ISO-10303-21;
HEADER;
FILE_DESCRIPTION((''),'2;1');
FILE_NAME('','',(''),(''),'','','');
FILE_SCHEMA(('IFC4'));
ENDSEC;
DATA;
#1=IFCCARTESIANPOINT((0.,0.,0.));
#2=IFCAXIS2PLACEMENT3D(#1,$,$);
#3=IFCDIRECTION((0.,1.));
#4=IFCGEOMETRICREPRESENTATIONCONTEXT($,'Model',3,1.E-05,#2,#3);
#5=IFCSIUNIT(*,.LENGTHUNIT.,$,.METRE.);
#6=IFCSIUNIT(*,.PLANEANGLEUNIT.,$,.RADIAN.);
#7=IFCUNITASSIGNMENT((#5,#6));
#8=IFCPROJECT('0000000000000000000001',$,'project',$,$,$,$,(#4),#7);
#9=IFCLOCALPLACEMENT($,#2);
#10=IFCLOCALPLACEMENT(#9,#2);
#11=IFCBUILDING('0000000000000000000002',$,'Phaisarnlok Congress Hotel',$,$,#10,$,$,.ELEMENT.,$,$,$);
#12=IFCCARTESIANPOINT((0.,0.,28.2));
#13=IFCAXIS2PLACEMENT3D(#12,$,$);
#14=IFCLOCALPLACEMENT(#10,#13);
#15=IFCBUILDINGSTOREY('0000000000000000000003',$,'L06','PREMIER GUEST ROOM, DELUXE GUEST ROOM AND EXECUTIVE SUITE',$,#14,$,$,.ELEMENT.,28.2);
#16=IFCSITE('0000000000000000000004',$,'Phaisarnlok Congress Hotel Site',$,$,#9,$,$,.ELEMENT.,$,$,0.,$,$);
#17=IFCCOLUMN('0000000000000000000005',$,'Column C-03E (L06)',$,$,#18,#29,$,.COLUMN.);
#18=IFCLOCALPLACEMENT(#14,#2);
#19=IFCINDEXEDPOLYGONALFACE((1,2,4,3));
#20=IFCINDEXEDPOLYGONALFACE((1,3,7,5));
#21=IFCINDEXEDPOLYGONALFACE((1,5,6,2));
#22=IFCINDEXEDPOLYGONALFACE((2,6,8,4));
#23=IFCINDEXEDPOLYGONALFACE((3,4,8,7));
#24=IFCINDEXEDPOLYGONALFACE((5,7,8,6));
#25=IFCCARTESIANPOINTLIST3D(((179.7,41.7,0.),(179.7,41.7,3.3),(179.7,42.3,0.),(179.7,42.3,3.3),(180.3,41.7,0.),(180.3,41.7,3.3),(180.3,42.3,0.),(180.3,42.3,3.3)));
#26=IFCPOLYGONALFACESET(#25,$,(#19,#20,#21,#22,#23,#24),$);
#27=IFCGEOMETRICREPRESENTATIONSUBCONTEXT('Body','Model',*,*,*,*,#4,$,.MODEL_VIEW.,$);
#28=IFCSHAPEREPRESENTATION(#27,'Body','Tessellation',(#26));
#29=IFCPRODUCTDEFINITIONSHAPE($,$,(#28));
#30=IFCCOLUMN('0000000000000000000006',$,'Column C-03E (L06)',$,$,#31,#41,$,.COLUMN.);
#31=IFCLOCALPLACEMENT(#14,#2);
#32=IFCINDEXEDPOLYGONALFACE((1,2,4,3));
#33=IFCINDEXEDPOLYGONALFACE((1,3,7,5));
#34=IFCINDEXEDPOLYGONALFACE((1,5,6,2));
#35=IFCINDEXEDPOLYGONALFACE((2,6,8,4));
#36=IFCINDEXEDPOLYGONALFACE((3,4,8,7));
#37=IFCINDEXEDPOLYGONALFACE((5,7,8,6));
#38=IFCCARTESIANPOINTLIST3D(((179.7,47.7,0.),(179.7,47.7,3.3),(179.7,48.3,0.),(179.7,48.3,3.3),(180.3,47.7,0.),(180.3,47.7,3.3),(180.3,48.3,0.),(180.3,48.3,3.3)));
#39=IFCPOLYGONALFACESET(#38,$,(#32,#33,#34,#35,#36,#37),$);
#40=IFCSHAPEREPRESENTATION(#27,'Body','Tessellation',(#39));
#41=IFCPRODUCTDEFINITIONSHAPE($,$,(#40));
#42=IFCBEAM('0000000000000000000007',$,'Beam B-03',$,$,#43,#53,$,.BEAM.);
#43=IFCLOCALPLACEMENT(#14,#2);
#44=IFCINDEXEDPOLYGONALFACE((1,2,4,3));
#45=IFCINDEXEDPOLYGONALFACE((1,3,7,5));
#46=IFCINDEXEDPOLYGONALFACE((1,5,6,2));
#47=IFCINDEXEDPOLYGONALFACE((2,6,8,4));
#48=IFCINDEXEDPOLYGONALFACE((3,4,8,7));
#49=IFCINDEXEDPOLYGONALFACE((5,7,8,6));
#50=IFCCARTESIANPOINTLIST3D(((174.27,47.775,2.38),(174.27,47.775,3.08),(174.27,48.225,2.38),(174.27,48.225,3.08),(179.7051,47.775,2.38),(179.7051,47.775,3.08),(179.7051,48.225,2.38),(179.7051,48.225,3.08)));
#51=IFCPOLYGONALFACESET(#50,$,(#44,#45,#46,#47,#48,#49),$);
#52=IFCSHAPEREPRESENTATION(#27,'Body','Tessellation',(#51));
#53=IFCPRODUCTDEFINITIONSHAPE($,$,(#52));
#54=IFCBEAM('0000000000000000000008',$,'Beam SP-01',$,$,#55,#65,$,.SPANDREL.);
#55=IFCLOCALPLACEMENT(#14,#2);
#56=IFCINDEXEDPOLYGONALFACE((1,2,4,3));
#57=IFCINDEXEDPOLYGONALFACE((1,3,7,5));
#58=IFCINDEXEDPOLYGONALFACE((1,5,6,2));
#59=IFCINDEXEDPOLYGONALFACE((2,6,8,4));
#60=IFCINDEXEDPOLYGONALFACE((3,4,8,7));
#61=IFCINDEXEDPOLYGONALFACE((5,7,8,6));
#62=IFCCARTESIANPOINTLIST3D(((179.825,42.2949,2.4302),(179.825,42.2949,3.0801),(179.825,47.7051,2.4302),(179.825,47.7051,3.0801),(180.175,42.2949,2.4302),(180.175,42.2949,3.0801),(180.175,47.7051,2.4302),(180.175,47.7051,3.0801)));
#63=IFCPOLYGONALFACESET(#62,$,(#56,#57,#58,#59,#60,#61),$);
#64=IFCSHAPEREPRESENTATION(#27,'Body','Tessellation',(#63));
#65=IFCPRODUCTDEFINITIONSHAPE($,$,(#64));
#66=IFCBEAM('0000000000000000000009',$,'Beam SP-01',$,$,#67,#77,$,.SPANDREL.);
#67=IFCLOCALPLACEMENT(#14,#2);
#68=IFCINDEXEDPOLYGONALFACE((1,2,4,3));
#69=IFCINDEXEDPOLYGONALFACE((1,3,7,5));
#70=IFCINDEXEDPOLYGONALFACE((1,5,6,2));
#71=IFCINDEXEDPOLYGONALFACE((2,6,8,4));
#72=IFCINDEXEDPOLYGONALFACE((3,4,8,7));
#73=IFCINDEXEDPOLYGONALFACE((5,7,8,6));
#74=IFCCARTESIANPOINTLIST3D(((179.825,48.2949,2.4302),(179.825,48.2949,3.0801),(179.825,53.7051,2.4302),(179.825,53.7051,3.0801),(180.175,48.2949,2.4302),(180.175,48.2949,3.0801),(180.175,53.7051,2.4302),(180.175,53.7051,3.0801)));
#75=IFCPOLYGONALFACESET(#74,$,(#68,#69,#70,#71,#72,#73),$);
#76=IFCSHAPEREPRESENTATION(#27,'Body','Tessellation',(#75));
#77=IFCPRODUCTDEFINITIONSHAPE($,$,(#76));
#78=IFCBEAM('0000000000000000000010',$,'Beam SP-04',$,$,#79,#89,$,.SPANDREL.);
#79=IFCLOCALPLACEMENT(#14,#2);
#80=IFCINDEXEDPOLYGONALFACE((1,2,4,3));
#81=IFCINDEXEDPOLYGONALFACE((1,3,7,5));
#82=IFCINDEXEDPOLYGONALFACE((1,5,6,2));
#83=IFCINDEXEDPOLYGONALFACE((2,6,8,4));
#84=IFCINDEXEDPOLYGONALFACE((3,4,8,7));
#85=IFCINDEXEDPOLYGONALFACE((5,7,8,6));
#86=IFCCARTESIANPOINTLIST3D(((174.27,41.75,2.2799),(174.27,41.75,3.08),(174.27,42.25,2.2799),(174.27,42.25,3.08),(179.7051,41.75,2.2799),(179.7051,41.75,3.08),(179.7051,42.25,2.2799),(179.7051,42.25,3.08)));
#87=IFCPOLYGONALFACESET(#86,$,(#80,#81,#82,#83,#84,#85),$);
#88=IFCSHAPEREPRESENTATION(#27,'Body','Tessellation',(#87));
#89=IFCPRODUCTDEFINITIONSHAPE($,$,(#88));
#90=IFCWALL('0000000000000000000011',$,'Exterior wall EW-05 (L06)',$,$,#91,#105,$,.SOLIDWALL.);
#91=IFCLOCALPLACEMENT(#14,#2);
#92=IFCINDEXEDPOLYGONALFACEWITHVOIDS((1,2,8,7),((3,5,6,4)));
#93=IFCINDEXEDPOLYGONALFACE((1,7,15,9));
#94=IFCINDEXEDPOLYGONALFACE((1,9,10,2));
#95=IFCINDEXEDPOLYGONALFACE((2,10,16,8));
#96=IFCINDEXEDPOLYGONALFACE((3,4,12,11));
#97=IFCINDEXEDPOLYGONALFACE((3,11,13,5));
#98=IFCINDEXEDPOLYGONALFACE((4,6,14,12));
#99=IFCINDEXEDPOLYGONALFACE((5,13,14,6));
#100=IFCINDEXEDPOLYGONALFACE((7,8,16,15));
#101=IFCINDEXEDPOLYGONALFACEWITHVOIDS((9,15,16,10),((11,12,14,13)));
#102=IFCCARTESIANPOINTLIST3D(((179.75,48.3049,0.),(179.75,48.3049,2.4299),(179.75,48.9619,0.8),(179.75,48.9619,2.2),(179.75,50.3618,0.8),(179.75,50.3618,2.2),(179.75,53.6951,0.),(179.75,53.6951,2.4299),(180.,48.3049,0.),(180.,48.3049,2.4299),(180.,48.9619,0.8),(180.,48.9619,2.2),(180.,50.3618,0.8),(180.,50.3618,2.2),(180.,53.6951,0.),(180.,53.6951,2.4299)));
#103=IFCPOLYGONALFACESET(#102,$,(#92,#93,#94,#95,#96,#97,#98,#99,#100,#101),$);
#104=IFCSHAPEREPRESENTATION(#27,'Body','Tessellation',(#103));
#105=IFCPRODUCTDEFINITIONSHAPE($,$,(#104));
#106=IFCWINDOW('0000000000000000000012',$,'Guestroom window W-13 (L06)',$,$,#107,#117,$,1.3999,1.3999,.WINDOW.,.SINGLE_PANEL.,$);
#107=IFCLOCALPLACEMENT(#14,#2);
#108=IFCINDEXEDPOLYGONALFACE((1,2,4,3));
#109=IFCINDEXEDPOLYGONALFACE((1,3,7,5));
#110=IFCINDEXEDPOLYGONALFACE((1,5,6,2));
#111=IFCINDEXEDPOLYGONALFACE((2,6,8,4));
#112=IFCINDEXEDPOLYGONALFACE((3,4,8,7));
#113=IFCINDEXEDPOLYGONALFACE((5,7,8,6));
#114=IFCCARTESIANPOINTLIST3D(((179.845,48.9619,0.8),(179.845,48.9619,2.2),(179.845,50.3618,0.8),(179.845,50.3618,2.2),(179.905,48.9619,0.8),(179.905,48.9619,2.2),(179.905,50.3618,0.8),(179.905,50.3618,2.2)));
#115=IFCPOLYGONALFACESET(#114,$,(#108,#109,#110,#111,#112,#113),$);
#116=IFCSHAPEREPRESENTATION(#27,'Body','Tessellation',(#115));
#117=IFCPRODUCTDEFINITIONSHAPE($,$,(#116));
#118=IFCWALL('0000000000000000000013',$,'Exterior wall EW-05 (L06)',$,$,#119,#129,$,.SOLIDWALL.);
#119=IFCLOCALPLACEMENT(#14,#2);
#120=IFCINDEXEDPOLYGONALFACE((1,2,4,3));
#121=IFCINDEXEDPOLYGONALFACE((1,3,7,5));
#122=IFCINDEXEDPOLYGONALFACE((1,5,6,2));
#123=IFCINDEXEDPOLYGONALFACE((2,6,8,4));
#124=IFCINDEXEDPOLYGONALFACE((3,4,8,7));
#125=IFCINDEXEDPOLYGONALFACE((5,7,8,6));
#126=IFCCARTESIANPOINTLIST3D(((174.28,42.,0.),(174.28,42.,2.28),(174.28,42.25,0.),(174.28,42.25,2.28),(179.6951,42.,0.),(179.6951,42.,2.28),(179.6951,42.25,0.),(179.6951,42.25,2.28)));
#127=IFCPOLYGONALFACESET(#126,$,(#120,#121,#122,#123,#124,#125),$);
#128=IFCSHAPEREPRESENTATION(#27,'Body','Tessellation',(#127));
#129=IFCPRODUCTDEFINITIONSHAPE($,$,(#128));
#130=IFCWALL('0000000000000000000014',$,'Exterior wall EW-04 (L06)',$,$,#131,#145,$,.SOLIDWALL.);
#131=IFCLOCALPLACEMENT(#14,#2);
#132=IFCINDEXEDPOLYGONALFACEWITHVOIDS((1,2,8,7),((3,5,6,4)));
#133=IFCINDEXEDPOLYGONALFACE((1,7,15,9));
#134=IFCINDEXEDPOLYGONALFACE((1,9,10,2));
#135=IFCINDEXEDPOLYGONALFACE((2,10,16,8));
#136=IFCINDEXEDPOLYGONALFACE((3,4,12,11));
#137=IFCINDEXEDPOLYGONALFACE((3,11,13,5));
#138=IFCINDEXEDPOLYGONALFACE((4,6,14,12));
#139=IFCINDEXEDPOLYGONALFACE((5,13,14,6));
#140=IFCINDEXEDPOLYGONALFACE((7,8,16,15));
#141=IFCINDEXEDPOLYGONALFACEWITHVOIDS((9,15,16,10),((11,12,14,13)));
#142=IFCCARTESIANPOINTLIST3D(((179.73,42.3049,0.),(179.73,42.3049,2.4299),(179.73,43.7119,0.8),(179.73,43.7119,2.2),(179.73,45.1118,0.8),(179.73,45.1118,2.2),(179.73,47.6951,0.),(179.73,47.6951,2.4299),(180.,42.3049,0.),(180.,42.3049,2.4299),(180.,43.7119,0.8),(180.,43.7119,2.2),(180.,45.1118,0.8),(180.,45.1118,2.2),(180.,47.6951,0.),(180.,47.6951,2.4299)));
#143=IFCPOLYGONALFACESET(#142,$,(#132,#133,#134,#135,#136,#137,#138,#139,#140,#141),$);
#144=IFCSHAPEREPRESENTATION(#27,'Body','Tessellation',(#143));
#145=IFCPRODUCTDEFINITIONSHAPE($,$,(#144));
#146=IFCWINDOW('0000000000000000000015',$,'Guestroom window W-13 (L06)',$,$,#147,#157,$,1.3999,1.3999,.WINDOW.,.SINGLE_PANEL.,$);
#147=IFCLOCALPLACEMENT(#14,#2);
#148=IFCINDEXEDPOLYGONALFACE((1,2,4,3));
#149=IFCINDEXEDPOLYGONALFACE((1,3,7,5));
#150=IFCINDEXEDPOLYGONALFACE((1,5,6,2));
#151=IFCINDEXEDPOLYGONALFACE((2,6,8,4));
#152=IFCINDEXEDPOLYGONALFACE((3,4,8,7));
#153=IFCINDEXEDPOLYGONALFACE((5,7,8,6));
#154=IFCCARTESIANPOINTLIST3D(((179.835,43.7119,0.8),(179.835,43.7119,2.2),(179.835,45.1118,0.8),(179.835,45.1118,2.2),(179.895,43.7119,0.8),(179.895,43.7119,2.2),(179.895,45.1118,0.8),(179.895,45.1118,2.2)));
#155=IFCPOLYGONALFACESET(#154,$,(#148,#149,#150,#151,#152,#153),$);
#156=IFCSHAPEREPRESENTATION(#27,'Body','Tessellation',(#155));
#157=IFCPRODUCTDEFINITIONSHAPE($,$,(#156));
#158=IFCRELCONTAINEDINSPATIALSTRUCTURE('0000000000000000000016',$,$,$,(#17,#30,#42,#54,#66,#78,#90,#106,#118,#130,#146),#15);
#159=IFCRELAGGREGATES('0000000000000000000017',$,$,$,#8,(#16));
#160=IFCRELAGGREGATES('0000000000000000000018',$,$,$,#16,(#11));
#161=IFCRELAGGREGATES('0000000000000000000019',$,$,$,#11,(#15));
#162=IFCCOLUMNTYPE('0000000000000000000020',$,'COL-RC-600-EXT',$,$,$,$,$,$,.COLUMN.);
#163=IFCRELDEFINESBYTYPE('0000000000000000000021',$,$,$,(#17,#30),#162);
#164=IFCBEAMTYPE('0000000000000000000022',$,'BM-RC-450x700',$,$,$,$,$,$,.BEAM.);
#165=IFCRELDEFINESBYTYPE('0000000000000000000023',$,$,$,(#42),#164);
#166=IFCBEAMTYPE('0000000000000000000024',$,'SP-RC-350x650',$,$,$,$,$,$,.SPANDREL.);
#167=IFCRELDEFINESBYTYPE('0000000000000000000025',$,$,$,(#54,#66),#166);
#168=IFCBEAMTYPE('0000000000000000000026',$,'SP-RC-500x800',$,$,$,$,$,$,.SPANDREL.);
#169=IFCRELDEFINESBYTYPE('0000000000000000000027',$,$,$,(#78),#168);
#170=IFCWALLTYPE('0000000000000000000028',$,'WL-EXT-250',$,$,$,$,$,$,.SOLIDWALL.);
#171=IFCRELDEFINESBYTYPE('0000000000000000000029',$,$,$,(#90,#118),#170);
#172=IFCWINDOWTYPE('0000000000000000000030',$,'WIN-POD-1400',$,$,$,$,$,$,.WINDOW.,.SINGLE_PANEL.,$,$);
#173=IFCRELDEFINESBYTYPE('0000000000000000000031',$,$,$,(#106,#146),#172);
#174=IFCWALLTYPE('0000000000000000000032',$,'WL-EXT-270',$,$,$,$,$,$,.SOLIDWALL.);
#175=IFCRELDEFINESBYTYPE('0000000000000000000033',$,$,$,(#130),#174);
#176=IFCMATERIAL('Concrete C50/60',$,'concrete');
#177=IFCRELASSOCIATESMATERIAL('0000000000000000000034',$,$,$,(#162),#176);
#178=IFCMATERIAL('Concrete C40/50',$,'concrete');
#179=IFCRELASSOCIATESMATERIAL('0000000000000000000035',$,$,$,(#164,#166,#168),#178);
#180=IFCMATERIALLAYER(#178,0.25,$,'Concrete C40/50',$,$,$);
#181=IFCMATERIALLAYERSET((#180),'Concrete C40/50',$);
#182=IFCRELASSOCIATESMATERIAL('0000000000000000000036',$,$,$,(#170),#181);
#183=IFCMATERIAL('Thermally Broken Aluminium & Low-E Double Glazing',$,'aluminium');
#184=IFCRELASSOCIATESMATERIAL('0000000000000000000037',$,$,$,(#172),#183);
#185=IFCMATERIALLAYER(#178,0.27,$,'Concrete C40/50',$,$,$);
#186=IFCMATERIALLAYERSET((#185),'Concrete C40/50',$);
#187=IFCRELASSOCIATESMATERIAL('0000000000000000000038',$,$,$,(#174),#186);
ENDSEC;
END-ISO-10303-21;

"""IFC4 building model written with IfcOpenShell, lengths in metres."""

from ifc_helpers import new_model, si_unit, direction, frame, frame_2d, origin, origin_2d, place, context, subcontext, project, spatial, rectangle, extrude, material, layer, layer_set, material_profile, profile_set, type_object, element, fill, save


model = new_model("IFC4")

# Units and contexts
model_context = context("Model", 3, precision=1e-05, world=origin(), true_north=direction((0.0, 1.0)))
body_context = subcontext(model_context, "Body", "Model", "MODEL_VIEW")
ifc_project = project(units=[si_unit("LENGTHUNIT", "METRE"), si_unit("PLANEANGLEUNIT", "RADIAN")], contexts=[model_context])

# Site, building, storey
site_placement = place(None, origin())
site = spatial("IfcSite", under=ifc_project, at=site_placement, Name="Phaisarnlok Congress Hotel Site", CompositionType="ELEMENT", RefElevation=0.0)
building_placement = place(site_placement, origin())
building = spatial("IfcBuilding", under=site, at=building_placement, Name="Phaisarnlok Congress Hotel", CompositionType="ELEMENT")
storey_placement = place(building_placement, frame((0.0, 0.0, 28.2)))
storey = spatial("IfcBuildingStorey", under=building, at=storey_placement, Name="L06", Description="PREMIER GUEST ROOM, DELUXE GUEST ROOM AND EXECUTIVE SUITE", CompositionType="ELEMENT", Elevation=28.2)

# Columns
ifc_material_1 = material(Name="Concrete C50/60", Category="concrete")
ifc_material_profile_1 = material_profile(ifc_material_1, rectangle(XDim=0.6001, YDim=0.6001, at=origin_2d()), Name="RC 600x600")
ifc_profile_set_1 = profile_set([ifc_material_profile_1], Name="Concrete C50/60")
column_type = type_object("IfcColumnType", Name="COL-RC-600-EXT", PredefinedType="COLUMN", material=ifc_profile_set_1)
for number, where, z_axis, x_axis, name in (
    (1, (180.0, 42.0, 0.0), (0.0, 0.0, 1.0), (1.0, 0.0, 0.0), "Column C-03E (L06)"),
    (2, (180.0, 48.0, 0.0), (0.0, 0.0, 1.0), (1.0, 0.0, 0.0), "Column C-03E (L06)"),
):
    element("IfcColumn", number, at=place(storey_placement, frame(where, z_axis=z_axis, x_axis=x_axis)), inside=storey, type_object=column_type, Name=name, PredefinedType="COLUMN", context=body_context, shape_type="SweptSolid", body=[
        extrude(rectangle(XDim=0.6001, YDim=0.6001, at=origin_2d()), origin(), (0.0, 0.0, 1.0), 3.3),
    ])

# Beams
ifc_material_2 = material(Name="Concrete C40/50", Category="concrete")
ifc_material_profile_2 = material_profile(ifc_material_2, rectangle(XDim=0.45, YDim=0.7, at=origin_2d()), Name="RC 450x700")
ifc_profile_set_2 = profile_set([ifc_material_profile_2], Name="Concrete C40/50")
beam_type_1 = type_object("IfcBeamType", Name="BM-RC-450x700", PredefinedType="BEAM", material=ifc_profile_set_2)
beam_1_placement = place(storey_placement, frame((174.27, 48.0, 2.73), z_axis=(1.0, 0.0, 0.0), x_axis=(0.0, 1.0, 0.0)))
element("IfcBeam", 3, at=beam_1_placement, inside=storey, type_object=beam_type_1, Name="Beam B-03", PredefinedType="BEAM", context=body_context, shape_type="SweptSolid", body=[
    extrude(rectangle(XDim=0.45, YDim=0.7, at=origin_2d()), origin(), (0.0, 0.0, 1.0), 5.4351),
])
ifc_material_profile_3 = material_profile(ifc_material_2, rectangle(XDim=0.3501, YDim=0.6499, at=origin_2d()), Name="RC 350x650")
ifc_profile_set_3 = profile_set([ifc_material_profile_3], Name="Concrete C40/50")
beam_type_2 = type_object("IfcBeamType", Name="SP-RC-350x650", PredefinedType="SPANDREL", material=ifc_profile_set_3)
for number, where, z_axis, x_axis, name in (
    (4, (180.0, 42.2949, 2.7551), (0.0, 1.0, 0.0), (-1.0, 0.0, 0.0), "Beam SP-01"),
    (5, (180.0, 48.2949, 2.7551), (0.0, 1.0, 0.0), (-1.0, 0.0, 0.0), "Beam SP-01"),
):
    element("IfcBeam", number, at=place(storey_placement, frame(where, z_axis=z_axis, x_axis=x_axis)), inside=storey, type_object=beam_type_2, Name=name, PredefinedType="SPANDREL", context=body_context, shape_type="SweptSolid", body=[
        extrude(rectangle(XDim=0.3501, YDim=0.6499, at=origin_2d()), origin(), (0.0, 0.0, 1.0), 5.4102),
    ])
ifc_material_profile_4 = material_profile(ifc_material_2, rectangle(XDim=0.5, YDim=0.8, at=origin_2d()), Name="RC 500x800")
ifc_profile_set_4 = profile_set([ifc_material_profile_4], Name="Concrete C40/50")
beam_type_3 = type_object("IfcBeamType", Name="SP-RC-500x800", PredefinedType="SPANDREL", material=ifc_profile_set_4)
beam_2_placement = place(storey_placement, frame((174.27, 42.0, 2.6799), z_axis=(1.0, 0.0, 0.0), x_axis=(0.0, 1.0, 0.0)))
element("IfcBeam", 6, at=beam_2_placement, inside=storey, type_object=beam_type_3, Name="Beam SP-04", PredefinedType="SPANDREL", context=body_context, shape_type="SweptSolid", body=[
    extrude(rectangle(XDim=0.5, YDim=0.8, at=origin_2d()), origin(), (0.0, 0.0, 1.0), 5.4351),
])

# Wall, opening, window
ifc_layer_1 = layer(ifc_material_2, 0.25, Name="Concrete C40/50")
ifc_layer_set_1 = layer_set([ifc_layer_1], Name="Concrete C40/50")
wall_type_1 = type_object("IfcWallType", Name="WL-EXT-250", PredefinedType="SOLIDWALL", material=ifc_layer_set_1)
wall_1_placement = place(storey_placement, frame((179.875, 48.3049, 0.0), z_axis=(0.0, 0.0, 1.0), x_axis=(0.0, 1.0, 0.0)))
wall_1 = element("IfcWall", 7, at=wall_1_placement, inside=storey, type_object=wall_type_1, Name="Exterior wall EW-05 (L06)", PredefinedType="SOLIDWALL", context=body_context, shape_type="SweptSolid", body=[
    extrude(rectangle(XDim=5.3901, YDim=0.25, at=frame_2d((2.6951, 0.0))), origin(), (0.0, 0.0, 1.0), 2.4299),
])
opening_1_placement = place(wall_1_placement, frame((0.657, 0.0, 0.8)))
opening_1 = element("IfcOpeningElement", 8, at=opening_1_placement, cuts=wall_1, PredefinedType="OPENING", context=body_context, shape_type="SweptSolid", body=[
    extrude(rectangle(XDim=1.3999, YDim=1.3999, at=frame_2d((0.7, 0.7))), frame((0.0, 0.135, 0.0), z_axis=(0.0, -1.0, 0.0), x_axis=(1.0, 0.0, 0.0)), (0.0, 0.0, 1.0), 0.27),
])
ifc_material_3 = material(Name="Thermally Broken Aluminium & Low-E Double Glazing", Category="aluminium")
window_type = type_object("IfcWindowType", Name="WIN-POD-1400", PartitioningType="SINGLE_PANEL", PredefinedType="WINDOW", material=ifc_material_3)
window_1_placement = place(opening_1_placement, origin())
window_1 = element("IfcWindow", 9, at=window_1_placement, inside=storey, type_object=window_type, Name="Guestroom window W-13 (L06)", OverallHeight=1.3999, OverallWidth=1.3999, PartitioningType="SINGLE_PANEL", PredefinedType="WINDOW", context=body_context, shape_type="SweptSolid", body=[
    extrude(rectangle(XDim=1.3999, YDim=1.3999, at=frame_2d((0.7, 0.7))), frame((0.0, 0.03, 0.0), z_axis=(0.0, -1.0, 0.0), x_axis=(1.0, 0.0, 0.0)), (0.0, 0.0, 1.0), 0.0601),
])
fill(opening_1, window_1)

# Wall
wall_2_placement = place(storey_placement, frame((174.28, 42.125, 0.0), z_axis=(0.0, 0.0, 1.0), x_axis=(1.0, 0.0, 0.0)))
element("IfcWall", 10, at=wall_2_placement, inside=storey, type_object=wall_type_1, Name="Exterior wall EW-05 (L06)", PredefinedType="SOLIDWALL", context=body_context, shape_type="SweptSolid", body=[
    extrude(rectangle(XDim=5.415, YDim=0.25, at=frame_2d((2.7075, 0.0))), origin(), (0.0, 0.0, 1.0), 2.28),
])

# Wall, opening, window
ifc_layer_2 = layer(ifc_material_2, 0.27, Name="Concrete C40/50")
ifc_layer_set_2 = layer_set([ifc_layer_2], Name="Concrete C40/50")
wall_type_2 = type_object("IfcWallType", Name="WL-EXT-270", PredefinedType="SOLIDWALL", material=ifc_layer_set_2)
wall_3_placement = place(storey_placement, frame((179.865, 42.3049, 0.0), z_axis=(0.0, 0.0, 1.0), x_axis=(0.0, 1.0, 0.0)))
wall_3 = element("IfcWall", 11, at=wall_3_placement, inside=storey, type_object=wall_type_2, Name="Exterior wall EW-04 (L06)", PredefinedType="SOLIDWALL", context=body_context, shape_type="SweptSolid", body=[
    extrude(rectangle(XDim=5.3901, YDim=0.27, at=frame_2d((2.6951, 0.0))), origin(), (0.0, 0.0, 1.0), 2.4299),
])
opening_2_placement = place(wall_3_placement, frame((1.407, 0.0, 0.8)))
opening_2 = element("IfcOpeningElement", 12, at=opening_2_placement, cuts=wall_3, PredefinedType="OPENING", context=body_context, shape_type="SweptSolid", body=[
    extrude(rectangle(XDim=1.3999, YDim=1.3999, at=frame_2d((0.7, 0.7))), frame((0.0, 0.145, 0.0), z_axis=(0.0, -1.0, 0.0), x_axis=(1.0, 0.0, 0.0)), (0.0, 0.0, 1.0), 0.29),
])
window_2_placement = place(opening_2_placement, origin())
window_2 = element("IfcWindow", 13, at=window_2_placement, inside=storey, type_object=window_type, Name="Guestroom window W-13 (L06)", OverallHeight=1.3999, OverallWidth=1.3999, PartitioningType="SINGLE_PANEL", PredefinedType="WINDOW", context=body_context, shape_type="SweptSolid", body=[
    extrude(rectangle(XDim=1.3999, YDim=1.3999, at=frame_2d((0.7, 0.7))), frame((0.0, 0.03, 0.0), z_axis=(0.0, -1.0, 0.0), x_axis=(1.0, 0.0, 0.0)), (0.0, 0.0, 1.0), 0.0601),
])
fill(opening_2, window_2)

save(model, "model.ifc")
